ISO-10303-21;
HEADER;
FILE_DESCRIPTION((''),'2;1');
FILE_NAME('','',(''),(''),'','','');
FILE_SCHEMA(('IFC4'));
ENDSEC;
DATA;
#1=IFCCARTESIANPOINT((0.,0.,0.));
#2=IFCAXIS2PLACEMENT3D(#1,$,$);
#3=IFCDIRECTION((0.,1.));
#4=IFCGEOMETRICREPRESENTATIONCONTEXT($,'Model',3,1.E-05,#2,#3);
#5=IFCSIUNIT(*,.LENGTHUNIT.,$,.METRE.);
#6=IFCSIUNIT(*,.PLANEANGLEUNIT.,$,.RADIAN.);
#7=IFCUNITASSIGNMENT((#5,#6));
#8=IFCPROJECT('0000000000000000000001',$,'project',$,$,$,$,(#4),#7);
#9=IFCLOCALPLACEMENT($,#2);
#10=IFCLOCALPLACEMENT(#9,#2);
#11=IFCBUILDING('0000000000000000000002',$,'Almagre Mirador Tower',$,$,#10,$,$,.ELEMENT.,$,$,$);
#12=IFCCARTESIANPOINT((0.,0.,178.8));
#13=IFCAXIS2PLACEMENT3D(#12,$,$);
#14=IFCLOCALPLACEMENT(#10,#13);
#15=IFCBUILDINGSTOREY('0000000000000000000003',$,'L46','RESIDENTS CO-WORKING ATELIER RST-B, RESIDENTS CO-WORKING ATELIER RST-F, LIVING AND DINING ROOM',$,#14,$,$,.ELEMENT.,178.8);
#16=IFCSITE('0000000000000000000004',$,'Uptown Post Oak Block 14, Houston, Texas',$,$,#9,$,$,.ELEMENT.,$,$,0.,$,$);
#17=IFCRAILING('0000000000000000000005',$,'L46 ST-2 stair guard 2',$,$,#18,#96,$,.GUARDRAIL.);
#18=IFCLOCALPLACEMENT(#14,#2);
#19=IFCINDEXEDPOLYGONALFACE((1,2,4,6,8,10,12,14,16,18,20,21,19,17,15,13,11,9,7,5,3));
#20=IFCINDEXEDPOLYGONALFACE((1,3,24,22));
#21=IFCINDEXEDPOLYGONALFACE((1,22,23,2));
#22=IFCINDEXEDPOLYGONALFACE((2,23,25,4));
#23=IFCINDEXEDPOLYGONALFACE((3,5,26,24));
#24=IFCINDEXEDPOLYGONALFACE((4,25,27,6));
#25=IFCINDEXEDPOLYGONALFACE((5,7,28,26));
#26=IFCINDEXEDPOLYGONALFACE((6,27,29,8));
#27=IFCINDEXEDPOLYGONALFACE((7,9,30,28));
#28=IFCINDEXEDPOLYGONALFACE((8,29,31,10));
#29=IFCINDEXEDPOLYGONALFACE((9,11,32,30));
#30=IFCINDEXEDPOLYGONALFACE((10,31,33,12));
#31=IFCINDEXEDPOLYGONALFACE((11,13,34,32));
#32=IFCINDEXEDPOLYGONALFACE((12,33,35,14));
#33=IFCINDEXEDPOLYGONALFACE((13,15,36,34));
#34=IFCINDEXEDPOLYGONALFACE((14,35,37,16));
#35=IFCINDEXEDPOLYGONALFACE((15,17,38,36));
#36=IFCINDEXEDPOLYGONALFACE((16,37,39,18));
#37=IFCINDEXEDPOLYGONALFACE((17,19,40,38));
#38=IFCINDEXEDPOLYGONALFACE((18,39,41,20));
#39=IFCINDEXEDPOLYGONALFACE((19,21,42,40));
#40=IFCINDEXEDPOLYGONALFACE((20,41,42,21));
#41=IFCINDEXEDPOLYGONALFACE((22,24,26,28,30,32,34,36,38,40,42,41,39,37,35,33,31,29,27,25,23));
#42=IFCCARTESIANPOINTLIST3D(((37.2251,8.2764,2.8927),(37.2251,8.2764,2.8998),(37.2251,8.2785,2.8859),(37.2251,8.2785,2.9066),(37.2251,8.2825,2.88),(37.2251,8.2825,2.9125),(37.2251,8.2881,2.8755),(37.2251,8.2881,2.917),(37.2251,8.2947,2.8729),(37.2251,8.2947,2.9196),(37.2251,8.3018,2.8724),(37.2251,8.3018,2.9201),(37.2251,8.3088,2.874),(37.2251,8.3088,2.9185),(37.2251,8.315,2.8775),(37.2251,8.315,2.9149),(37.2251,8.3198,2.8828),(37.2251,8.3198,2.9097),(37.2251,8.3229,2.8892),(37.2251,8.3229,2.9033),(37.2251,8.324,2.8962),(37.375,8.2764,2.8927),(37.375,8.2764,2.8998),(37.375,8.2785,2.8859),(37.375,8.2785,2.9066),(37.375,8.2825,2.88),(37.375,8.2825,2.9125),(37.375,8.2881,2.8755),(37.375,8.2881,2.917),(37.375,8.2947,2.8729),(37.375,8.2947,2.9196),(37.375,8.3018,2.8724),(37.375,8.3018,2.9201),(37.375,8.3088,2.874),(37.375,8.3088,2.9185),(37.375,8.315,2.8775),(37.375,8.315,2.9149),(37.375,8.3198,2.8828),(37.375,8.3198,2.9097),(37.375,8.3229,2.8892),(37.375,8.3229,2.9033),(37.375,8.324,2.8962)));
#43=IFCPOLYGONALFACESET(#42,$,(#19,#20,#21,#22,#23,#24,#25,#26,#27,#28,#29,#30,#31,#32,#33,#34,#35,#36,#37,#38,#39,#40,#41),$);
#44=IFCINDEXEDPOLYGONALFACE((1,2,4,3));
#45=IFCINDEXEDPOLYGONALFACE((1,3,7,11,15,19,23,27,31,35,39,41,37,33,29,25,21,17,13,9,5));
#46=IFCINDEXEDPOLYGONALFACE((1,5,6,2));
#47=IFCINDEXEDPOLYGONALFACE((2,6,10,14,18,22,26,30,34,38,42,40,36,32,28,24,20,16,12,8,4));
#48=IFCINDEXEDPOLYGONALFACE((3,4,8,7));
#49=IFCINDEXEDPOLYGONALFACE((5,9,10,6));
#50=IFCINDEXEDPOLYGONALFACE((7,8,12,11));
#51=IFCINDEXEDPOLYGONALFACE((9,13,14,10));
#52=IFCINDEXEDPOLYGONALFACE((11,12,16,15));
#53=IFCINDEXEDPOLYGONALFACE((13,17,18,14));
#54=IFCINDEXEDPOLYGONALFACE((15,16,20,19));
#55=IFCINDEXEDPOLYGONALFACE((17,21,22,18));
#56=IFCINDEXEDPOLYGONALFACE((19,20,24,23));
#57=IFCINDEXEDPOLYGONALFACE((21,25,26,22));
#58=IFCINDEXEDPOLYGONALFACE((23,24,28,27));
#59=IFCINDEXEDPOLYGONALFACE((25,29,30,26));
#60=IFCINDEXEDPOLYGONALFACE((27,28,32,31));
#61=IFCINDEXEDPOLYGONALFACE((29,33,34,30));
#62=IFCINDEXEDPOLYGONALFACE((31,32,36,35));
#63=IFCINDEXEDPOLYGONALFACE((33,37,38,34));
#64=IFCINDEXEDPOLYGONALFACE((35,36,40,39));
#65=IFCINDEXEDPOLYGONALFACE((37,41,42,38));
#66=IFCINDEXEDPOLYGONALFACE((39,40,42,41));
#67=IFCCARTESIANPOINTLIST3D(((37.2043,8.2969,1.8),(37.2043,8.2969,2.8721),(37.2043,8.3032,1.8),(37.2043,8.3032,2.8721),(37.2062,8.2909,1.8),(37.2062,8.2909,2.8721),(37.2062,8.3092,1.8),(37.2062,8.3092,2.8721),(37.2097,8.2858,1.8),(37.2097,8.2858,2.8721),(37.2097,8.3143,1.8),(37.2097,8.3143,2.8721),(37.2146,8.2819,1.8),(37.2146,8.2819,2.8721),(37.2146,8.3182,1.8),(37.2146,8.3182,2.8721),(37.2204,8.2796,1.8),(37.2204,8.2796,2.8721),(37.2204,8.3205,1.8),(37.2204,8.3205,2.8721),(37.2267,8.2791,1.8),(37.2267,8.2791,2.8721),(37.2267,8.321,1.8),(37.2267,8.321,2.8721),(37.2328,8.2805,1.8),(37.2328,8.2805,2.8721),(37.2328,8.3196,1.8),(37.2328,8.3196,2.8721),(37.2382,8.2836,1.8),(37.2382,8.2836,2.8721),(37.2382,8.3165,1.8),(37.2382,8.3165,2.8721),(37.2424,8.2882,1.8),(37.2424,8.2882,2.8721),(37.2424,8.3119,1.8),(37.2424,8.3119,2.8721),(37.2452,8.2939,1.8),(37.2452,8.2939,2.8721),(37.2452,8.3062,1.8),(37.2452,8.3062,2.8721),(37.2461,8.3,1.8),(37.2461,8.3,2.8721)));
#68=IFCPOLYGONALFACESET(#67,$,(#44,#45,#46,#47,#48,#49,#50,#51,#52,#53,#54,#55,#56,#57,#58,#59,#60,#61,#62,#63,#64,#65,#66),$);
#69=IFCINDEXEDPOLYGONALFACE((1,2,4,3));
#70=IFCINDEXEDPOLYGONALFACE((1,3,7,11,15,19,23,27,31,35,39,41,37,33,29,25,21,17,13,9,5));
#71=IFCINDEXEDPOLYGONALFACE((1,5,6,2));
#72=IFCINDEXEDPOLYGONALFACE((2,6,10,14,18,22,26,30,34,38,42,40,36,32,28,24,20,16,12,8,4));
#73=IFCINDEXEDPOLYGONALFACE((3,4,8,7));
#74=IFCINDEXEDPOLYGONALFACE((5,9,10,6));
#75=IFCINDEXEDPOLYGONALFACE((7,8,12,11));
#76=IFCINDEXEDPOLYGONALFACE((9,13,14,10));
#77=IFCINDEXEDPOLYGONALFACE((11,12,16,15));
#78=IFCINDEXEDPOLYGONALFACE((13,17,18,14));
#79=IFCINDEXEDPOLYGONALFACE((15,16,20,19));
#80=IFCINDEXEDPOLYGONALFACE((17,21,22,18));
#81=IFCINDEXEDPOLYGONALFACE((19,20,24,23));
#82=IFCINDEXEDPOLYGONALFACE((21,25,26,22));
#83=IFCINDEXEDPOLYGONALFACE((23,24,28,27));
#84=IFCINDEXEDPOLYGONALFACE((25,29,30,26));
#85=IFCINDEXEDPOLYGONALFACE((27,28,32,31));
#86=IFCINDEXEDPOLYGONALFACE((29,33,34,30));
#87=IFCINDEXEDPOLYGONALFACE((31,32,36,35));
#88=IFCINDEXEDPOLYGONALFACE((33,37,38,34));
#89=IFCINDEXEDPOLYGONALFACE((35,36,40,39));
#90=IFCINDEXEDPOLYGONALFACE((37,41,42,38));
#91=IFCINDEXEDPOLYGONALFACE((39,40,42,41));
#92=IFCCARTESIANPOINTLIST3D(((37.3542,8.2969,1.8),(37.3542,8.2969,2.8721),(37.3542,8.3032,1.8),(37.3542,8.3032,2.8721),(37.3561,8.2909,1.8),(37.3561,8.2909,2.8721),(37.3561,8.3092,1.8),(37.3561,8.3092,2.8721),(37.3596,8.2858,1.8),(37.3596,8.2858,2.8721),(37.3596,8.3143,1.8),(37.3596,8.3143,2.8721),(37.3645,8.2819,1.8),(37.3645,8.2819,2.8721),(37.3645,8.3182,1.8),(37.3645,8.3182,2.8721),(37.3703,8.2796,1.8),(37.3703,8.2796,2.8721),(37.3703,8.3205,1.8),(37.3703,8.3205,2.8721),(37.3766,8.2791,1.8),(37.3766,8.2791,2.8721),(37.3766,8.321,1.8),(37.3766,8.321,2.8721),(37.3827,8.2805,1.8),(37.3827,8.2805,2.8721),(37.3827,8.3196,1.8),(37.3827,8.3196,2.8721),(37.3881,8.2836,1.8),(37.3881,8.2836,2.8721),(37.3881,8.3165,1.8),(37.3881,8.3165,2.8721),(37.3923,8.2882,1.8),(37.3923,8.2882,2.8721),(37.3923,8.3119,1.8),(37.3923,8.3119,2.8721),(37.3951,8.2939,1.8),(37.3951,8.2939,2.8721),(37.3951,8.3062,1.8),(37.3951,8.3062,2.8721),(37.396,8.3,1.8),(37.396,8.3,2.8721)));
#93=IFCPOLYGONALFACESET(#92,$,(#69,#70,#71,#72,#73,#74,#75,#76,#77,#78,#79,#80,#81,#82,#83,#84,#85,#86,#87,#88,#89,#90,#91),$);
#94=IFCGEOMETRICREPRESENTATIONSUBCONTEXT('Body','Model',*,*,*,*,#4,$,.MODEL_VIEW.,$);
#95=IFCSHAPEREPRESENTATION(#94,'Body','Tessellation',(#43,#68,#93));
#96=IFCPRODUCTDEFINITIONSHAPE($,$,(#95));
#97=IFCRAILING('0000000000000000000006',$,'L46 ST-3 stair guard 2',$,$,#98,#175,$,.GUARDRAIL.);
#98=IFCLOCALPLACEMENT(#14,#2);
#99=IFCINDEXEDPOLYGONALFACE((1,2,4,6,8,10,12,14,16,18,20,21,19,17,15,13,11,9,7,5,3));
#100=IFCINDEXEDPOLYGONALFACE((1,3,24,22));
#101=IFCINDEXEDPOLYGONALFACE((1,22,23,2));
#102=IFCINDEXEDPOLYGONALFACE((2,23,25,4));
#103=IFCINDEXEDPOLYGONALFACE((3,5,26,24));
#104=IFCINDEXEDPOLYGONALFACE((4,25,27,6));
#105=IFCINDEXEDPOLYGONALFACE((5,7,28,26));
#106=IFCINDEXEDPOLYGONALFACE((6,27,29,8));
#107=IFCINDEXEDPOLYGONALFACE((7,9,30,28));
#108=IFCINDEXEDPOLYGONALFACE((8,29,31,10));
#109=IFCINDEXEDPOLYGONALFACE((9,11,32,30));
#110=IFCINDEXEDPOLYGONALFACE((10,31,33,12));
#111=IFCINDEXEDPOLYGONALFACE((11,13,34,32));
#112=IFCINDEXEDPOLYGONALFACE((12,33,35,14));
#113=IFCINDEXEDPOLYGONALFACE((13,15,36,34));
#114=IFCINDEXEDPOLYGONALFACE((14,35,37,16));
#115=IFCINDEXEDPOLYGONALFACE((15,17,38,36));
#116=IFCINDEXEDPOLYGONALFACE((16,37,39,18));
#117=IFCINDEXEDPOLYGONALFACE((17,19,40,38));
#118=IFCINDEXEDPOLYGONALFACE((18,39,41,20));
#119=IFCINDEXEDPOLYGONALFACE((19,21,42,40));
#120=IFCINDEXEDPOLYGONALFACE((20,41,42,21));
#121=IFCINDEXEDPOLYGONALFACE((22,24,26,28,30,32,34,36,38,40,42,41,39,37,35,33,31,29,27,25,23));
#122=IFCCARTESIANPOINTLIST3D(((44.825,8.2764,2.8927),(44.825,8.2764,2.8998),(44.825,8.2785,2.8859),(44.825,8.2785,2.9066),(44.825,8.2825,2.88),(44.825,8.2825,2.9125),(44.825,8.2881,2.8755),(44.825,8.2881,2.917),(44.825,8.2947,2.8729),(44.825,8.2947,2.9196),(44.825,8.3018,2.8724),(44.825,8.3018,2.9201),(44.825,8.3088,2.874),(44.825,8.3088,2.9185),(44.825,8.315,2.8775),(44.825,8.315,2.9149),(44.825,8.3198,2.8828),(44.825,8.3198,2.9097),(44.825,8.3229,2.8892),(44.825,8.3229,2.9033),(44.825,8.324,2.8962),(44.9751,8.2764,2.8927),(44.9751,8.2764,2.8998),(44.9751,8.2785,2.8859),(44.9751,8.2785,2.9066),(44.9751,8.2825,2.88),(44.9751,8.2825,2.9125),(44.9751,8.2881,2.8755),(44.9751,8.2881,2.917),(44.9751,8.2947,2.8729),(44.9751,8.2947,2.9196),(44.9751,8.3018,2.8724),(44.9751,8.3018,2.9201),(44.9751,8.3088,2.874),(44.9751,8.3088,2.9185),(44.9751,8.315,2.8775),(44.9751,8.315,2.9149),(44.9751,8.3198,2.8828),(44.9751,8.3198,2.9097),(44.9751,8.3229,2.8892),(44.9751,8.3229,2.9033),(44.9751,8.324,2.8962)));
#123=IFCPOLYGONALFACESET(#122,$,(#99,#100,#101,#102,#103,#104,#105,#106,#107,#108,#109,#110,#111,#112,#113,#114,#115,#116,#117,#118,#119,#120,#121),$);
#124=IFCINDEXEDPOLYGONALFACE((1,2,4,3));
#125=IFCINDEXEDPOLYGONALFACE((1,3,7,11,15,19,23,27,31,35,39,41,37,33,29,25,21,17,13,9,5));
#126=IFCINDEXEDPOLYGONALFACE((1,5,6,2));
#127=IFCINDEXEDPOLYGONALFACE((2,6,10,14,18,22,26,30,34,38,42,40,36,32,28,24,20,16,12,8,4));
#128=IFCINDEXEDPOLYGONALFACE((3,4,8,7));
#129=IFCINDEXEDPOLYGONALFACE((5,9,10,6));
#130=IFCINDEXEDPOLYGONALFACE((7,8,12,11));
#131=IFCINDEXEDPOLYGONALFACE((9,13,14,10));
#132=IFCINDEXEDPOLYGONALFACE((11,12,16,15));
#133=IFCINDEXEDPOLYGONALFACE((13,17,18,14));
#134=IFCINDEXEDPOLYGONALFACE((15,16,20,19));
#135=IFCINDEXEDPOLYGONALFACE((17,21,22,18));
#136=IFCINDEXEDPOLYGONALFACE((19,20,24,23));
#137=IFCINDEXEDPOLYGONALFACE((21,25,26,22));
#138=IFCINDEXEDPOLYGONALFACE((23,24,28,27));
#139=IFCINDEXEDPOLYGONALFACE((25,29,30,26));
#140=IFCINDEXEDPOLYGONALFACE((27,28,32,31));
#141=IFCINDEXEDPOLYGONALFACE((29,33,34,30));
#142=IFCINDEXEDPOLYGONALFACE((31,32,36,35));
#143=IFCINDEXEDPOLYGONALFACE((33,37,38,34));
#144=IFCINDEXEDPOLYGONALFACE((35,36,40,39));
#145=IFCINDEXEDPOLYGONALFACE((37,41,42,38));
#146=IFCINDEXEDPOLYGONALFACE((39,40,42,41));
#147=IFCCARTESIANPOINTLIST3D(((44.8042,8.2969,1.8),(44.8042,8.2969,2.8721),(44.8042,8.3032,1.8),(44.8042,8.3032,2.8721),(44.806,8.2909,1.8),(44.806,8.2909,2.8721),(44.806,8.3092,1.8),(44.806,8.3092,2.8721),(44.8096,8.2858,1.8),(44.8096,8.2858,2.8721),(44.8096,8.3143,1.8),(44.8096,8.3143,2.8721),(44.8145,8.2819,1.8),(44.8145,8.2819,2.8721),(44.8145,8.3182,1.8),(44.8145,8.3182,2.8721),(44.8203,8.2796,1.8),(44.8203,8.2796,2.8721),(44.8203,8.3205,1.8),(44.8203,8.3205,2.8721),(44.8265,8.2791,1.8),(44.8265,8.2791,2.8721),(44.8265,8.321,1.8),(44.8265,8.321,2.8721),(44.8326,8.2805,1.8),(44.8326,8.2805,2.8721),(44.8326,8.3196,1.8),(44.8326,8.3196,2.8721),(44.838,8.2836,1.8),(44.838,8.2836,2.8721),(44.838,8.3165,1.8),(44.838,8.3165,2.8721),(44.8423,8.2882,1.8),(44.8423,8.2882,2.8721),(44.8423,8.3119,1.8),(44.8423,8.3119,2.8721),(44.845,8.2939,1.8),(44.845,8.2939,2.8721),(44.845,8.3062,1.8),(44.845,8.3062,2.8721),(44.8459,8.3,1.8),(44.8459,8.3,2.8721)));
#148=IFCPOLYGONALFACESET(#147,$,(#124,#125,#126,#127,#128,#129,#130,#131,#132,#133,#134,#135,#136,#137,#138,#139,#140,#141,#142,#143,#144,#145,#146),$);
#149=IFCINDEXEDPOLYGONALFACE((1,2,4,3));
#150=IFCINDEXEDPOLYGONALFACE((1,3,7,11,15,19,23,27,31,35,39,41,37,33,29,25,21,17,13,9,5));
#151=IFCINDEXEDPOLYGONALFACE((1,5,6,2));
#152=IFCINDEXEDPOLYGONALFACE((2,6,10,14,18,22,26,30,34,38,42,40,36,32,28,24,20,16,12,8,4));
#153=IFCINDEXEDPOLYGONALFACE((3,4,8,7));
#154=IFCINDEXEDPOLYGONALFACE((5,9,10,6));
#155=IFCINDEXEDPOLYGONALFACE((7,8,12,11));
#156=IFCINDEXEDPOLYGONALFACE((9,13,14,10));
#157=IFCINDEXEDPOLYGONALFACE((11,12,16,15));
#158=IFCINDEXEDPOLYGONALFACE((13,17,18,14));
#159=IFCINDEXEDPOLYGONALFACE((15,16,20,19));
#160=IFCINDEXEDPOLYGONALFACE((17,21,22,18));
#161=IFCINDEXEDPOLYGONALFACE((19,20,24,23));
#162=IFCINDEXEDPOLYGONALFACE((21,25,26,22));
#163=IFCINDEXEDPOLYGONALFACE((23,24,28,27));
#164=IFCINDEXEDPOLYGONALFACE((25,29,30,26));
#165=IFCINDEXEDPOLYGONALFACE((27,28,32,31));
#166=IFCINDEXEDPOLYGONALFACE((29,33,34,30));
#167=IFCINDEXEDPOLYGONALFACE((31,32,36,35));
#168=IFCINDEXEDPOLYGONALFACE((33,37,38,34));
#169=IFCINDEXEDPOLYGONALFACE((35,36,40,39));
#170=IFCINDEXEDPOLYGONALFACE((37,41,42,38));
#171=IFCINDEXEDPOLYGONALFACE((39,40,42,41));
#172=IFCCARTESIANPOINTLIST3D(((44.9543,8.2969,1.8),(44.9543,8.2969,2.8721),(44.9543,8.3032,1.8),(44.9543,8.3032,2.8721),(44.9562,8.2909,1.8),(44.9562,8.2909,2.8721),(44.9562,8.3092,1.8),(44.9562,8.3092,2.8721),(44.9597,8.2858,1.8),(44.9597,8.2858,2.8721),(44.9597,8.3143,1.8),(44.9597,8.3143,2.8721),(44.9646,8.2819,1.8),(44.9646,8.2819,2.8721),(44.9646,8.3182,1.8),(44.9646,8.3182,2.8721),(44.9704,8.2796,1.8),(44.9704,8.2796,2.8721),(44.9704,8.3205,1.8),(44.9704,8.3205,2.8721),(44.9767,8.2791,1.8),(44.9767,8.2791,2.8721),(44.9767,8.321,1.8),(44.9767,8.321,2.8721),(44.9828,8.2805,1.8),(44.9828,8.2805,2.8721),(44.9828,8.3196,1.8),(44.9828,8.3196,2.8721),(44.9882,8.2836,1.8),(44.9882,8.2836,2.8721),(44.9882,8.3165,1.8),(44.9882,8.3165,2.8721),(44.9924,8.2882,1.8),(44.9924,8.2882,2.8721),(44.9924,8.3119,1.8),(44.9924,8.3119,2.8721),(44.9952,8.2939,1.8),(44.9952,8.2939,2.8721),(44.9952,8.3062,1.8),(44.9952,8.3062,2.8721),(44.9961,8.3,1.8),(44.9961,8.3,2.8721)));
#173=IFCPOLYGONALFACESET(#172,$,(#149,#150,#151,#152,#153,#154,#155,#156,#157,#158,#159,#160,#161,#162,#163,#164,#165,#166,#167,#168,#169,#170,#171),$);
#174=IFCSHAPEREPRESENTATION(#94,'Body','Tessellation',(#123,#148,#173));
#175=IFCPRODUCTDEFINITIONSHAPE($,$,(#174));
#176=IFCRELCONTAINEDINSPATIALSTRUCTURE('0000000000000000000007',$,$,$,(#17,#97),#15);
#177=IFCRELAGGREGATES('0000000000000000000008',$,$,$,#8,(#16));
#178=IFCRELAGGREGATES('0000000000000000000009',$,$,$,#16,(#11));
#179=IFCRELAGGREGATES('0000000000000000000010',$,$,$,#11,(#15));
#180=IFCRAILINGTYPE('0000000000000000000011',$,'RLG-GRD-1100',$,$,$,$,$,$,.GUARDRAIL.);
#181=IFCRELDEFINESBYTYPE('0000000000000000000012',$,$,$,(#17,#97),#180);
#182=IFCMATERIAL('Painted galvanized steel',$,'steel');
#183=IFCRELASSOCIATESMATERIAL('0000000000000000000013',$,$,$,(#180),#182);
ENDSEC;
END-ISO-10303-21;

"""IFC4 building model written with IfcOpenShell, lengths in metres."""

from ifc_helpers import new_model, si_unit, direction, frame, origin, origin_2d, place, context, subcontext, project, spatial, circle, extrude, material, type_object, element, save


model = new_model("IFC4")

# Units and contexts
model_context = context("Model", 3, precision=1e-05, world=origin(), true_north=direction((0.0, 1.0)))
body_context = subcontext(model_context, "Body", "Model", "MODEL_VIEW")
ifc_project = project(units=[si_unit("LENGTHUNIT", "METRE"), si_unit("PLANEANGLEUNIT", "RADIAN")], contexts=[model_context])

# Site, building, storey
site_placement = place(None, origin())
site = spatial("IfcSite", under=ifc_project, at=site_placement, Name="Uptown Post Oak Block 14, Houston, Texas", CompositionType="ELEMENT", RefElevation=0.0)
building_placement = place(site_placement, origin())
building = spatial("IfcBuilding", under=site, at=building_placement, Name="Almagre Mirador Tower", CompositionType="ELEMENT")
storey_placement = place(building_placement, frame((0.0, 0.0, 178.8)))
storey = spatial("IfcBuildingStorey", under=building, at=storey_placement, Name="L46", Description="RESIDENTS CO-WORKING ATELIER RST-B, RESIDENTS CO-WORKING ATELIER RST-F, LIVING AND DINING ROOM", CompositionType="ELEMENT", Elevation=178.8)

# Railings
ifc_material_1 = material(Name="Painted galvanized steel", Category="steel")
railing_type = type_object("IfcRailingType", Name="RLG-GRD-1100", PredefinedType="GUARDRAIL", material=ifc_material_1)
railing_1_placement = place(storey_placement, frame((37.2251, 8.3, 1.8)))
element("IfcRailing", 1, at=railing_1_placement, inside=storey, type_object=railing_type, Name="L46 ST-2 stair guard 2", PredefinedType="GUARDRAIL", context=body_context, shape_type="SweptSolid", body=[
    extrude(circle(Radius=0.0239, at=origin_2d()), frame((0.0, 0.0, 1.0962), z_axis=(1.0, 0.0, 0.0), x_axis=(0.0, 1.0, 0.0)), (0.0, 0.0, 1.0), 0.1499),
    extrude(circle(Radius=0.021, at=origin_2d()), origin(), (0.0, 0.0, 1.0), 1.072),
    extrude(circle(Radius=0.021, at=origin_2d()), frame((0.1499, 0.0, 0.0)), (0.0, 0.0, 1.0), 1.072),
])
railing_2_placement = place(storey_placement, frame((44.825, 8.3, 1.8)))
element("IfcRailing", 2, at=railing_2_placement, inside=storey, type_object=railing_type, Name="L46 ST-3 stair guard 2", PredefinedType="GUARDRAIL", context=body_context, shape_type="SweptSolid", body=[
    extrude(circle(Radius=0.0239, at=origin_2d()), frame((0.0, 0.0, 1.0962), z_axis=(1.0, 0.0, 0.0), x_axis=(0.0, 1.0, 0.0)), (0.0, 0.0, 1.0), 0.1501),
    extrude(circle(Radius=0.021, at=origin_2d()), origin(), (0.0, 0.0, 1.0), 1.072),
    extrude(circle(Radius=0.021, at=origin_2d()), frame((0.1501, 0.0, 0.0)), (0.0, 0.0, 1.0), 1.072),
])

save(model, "model.ifc")
